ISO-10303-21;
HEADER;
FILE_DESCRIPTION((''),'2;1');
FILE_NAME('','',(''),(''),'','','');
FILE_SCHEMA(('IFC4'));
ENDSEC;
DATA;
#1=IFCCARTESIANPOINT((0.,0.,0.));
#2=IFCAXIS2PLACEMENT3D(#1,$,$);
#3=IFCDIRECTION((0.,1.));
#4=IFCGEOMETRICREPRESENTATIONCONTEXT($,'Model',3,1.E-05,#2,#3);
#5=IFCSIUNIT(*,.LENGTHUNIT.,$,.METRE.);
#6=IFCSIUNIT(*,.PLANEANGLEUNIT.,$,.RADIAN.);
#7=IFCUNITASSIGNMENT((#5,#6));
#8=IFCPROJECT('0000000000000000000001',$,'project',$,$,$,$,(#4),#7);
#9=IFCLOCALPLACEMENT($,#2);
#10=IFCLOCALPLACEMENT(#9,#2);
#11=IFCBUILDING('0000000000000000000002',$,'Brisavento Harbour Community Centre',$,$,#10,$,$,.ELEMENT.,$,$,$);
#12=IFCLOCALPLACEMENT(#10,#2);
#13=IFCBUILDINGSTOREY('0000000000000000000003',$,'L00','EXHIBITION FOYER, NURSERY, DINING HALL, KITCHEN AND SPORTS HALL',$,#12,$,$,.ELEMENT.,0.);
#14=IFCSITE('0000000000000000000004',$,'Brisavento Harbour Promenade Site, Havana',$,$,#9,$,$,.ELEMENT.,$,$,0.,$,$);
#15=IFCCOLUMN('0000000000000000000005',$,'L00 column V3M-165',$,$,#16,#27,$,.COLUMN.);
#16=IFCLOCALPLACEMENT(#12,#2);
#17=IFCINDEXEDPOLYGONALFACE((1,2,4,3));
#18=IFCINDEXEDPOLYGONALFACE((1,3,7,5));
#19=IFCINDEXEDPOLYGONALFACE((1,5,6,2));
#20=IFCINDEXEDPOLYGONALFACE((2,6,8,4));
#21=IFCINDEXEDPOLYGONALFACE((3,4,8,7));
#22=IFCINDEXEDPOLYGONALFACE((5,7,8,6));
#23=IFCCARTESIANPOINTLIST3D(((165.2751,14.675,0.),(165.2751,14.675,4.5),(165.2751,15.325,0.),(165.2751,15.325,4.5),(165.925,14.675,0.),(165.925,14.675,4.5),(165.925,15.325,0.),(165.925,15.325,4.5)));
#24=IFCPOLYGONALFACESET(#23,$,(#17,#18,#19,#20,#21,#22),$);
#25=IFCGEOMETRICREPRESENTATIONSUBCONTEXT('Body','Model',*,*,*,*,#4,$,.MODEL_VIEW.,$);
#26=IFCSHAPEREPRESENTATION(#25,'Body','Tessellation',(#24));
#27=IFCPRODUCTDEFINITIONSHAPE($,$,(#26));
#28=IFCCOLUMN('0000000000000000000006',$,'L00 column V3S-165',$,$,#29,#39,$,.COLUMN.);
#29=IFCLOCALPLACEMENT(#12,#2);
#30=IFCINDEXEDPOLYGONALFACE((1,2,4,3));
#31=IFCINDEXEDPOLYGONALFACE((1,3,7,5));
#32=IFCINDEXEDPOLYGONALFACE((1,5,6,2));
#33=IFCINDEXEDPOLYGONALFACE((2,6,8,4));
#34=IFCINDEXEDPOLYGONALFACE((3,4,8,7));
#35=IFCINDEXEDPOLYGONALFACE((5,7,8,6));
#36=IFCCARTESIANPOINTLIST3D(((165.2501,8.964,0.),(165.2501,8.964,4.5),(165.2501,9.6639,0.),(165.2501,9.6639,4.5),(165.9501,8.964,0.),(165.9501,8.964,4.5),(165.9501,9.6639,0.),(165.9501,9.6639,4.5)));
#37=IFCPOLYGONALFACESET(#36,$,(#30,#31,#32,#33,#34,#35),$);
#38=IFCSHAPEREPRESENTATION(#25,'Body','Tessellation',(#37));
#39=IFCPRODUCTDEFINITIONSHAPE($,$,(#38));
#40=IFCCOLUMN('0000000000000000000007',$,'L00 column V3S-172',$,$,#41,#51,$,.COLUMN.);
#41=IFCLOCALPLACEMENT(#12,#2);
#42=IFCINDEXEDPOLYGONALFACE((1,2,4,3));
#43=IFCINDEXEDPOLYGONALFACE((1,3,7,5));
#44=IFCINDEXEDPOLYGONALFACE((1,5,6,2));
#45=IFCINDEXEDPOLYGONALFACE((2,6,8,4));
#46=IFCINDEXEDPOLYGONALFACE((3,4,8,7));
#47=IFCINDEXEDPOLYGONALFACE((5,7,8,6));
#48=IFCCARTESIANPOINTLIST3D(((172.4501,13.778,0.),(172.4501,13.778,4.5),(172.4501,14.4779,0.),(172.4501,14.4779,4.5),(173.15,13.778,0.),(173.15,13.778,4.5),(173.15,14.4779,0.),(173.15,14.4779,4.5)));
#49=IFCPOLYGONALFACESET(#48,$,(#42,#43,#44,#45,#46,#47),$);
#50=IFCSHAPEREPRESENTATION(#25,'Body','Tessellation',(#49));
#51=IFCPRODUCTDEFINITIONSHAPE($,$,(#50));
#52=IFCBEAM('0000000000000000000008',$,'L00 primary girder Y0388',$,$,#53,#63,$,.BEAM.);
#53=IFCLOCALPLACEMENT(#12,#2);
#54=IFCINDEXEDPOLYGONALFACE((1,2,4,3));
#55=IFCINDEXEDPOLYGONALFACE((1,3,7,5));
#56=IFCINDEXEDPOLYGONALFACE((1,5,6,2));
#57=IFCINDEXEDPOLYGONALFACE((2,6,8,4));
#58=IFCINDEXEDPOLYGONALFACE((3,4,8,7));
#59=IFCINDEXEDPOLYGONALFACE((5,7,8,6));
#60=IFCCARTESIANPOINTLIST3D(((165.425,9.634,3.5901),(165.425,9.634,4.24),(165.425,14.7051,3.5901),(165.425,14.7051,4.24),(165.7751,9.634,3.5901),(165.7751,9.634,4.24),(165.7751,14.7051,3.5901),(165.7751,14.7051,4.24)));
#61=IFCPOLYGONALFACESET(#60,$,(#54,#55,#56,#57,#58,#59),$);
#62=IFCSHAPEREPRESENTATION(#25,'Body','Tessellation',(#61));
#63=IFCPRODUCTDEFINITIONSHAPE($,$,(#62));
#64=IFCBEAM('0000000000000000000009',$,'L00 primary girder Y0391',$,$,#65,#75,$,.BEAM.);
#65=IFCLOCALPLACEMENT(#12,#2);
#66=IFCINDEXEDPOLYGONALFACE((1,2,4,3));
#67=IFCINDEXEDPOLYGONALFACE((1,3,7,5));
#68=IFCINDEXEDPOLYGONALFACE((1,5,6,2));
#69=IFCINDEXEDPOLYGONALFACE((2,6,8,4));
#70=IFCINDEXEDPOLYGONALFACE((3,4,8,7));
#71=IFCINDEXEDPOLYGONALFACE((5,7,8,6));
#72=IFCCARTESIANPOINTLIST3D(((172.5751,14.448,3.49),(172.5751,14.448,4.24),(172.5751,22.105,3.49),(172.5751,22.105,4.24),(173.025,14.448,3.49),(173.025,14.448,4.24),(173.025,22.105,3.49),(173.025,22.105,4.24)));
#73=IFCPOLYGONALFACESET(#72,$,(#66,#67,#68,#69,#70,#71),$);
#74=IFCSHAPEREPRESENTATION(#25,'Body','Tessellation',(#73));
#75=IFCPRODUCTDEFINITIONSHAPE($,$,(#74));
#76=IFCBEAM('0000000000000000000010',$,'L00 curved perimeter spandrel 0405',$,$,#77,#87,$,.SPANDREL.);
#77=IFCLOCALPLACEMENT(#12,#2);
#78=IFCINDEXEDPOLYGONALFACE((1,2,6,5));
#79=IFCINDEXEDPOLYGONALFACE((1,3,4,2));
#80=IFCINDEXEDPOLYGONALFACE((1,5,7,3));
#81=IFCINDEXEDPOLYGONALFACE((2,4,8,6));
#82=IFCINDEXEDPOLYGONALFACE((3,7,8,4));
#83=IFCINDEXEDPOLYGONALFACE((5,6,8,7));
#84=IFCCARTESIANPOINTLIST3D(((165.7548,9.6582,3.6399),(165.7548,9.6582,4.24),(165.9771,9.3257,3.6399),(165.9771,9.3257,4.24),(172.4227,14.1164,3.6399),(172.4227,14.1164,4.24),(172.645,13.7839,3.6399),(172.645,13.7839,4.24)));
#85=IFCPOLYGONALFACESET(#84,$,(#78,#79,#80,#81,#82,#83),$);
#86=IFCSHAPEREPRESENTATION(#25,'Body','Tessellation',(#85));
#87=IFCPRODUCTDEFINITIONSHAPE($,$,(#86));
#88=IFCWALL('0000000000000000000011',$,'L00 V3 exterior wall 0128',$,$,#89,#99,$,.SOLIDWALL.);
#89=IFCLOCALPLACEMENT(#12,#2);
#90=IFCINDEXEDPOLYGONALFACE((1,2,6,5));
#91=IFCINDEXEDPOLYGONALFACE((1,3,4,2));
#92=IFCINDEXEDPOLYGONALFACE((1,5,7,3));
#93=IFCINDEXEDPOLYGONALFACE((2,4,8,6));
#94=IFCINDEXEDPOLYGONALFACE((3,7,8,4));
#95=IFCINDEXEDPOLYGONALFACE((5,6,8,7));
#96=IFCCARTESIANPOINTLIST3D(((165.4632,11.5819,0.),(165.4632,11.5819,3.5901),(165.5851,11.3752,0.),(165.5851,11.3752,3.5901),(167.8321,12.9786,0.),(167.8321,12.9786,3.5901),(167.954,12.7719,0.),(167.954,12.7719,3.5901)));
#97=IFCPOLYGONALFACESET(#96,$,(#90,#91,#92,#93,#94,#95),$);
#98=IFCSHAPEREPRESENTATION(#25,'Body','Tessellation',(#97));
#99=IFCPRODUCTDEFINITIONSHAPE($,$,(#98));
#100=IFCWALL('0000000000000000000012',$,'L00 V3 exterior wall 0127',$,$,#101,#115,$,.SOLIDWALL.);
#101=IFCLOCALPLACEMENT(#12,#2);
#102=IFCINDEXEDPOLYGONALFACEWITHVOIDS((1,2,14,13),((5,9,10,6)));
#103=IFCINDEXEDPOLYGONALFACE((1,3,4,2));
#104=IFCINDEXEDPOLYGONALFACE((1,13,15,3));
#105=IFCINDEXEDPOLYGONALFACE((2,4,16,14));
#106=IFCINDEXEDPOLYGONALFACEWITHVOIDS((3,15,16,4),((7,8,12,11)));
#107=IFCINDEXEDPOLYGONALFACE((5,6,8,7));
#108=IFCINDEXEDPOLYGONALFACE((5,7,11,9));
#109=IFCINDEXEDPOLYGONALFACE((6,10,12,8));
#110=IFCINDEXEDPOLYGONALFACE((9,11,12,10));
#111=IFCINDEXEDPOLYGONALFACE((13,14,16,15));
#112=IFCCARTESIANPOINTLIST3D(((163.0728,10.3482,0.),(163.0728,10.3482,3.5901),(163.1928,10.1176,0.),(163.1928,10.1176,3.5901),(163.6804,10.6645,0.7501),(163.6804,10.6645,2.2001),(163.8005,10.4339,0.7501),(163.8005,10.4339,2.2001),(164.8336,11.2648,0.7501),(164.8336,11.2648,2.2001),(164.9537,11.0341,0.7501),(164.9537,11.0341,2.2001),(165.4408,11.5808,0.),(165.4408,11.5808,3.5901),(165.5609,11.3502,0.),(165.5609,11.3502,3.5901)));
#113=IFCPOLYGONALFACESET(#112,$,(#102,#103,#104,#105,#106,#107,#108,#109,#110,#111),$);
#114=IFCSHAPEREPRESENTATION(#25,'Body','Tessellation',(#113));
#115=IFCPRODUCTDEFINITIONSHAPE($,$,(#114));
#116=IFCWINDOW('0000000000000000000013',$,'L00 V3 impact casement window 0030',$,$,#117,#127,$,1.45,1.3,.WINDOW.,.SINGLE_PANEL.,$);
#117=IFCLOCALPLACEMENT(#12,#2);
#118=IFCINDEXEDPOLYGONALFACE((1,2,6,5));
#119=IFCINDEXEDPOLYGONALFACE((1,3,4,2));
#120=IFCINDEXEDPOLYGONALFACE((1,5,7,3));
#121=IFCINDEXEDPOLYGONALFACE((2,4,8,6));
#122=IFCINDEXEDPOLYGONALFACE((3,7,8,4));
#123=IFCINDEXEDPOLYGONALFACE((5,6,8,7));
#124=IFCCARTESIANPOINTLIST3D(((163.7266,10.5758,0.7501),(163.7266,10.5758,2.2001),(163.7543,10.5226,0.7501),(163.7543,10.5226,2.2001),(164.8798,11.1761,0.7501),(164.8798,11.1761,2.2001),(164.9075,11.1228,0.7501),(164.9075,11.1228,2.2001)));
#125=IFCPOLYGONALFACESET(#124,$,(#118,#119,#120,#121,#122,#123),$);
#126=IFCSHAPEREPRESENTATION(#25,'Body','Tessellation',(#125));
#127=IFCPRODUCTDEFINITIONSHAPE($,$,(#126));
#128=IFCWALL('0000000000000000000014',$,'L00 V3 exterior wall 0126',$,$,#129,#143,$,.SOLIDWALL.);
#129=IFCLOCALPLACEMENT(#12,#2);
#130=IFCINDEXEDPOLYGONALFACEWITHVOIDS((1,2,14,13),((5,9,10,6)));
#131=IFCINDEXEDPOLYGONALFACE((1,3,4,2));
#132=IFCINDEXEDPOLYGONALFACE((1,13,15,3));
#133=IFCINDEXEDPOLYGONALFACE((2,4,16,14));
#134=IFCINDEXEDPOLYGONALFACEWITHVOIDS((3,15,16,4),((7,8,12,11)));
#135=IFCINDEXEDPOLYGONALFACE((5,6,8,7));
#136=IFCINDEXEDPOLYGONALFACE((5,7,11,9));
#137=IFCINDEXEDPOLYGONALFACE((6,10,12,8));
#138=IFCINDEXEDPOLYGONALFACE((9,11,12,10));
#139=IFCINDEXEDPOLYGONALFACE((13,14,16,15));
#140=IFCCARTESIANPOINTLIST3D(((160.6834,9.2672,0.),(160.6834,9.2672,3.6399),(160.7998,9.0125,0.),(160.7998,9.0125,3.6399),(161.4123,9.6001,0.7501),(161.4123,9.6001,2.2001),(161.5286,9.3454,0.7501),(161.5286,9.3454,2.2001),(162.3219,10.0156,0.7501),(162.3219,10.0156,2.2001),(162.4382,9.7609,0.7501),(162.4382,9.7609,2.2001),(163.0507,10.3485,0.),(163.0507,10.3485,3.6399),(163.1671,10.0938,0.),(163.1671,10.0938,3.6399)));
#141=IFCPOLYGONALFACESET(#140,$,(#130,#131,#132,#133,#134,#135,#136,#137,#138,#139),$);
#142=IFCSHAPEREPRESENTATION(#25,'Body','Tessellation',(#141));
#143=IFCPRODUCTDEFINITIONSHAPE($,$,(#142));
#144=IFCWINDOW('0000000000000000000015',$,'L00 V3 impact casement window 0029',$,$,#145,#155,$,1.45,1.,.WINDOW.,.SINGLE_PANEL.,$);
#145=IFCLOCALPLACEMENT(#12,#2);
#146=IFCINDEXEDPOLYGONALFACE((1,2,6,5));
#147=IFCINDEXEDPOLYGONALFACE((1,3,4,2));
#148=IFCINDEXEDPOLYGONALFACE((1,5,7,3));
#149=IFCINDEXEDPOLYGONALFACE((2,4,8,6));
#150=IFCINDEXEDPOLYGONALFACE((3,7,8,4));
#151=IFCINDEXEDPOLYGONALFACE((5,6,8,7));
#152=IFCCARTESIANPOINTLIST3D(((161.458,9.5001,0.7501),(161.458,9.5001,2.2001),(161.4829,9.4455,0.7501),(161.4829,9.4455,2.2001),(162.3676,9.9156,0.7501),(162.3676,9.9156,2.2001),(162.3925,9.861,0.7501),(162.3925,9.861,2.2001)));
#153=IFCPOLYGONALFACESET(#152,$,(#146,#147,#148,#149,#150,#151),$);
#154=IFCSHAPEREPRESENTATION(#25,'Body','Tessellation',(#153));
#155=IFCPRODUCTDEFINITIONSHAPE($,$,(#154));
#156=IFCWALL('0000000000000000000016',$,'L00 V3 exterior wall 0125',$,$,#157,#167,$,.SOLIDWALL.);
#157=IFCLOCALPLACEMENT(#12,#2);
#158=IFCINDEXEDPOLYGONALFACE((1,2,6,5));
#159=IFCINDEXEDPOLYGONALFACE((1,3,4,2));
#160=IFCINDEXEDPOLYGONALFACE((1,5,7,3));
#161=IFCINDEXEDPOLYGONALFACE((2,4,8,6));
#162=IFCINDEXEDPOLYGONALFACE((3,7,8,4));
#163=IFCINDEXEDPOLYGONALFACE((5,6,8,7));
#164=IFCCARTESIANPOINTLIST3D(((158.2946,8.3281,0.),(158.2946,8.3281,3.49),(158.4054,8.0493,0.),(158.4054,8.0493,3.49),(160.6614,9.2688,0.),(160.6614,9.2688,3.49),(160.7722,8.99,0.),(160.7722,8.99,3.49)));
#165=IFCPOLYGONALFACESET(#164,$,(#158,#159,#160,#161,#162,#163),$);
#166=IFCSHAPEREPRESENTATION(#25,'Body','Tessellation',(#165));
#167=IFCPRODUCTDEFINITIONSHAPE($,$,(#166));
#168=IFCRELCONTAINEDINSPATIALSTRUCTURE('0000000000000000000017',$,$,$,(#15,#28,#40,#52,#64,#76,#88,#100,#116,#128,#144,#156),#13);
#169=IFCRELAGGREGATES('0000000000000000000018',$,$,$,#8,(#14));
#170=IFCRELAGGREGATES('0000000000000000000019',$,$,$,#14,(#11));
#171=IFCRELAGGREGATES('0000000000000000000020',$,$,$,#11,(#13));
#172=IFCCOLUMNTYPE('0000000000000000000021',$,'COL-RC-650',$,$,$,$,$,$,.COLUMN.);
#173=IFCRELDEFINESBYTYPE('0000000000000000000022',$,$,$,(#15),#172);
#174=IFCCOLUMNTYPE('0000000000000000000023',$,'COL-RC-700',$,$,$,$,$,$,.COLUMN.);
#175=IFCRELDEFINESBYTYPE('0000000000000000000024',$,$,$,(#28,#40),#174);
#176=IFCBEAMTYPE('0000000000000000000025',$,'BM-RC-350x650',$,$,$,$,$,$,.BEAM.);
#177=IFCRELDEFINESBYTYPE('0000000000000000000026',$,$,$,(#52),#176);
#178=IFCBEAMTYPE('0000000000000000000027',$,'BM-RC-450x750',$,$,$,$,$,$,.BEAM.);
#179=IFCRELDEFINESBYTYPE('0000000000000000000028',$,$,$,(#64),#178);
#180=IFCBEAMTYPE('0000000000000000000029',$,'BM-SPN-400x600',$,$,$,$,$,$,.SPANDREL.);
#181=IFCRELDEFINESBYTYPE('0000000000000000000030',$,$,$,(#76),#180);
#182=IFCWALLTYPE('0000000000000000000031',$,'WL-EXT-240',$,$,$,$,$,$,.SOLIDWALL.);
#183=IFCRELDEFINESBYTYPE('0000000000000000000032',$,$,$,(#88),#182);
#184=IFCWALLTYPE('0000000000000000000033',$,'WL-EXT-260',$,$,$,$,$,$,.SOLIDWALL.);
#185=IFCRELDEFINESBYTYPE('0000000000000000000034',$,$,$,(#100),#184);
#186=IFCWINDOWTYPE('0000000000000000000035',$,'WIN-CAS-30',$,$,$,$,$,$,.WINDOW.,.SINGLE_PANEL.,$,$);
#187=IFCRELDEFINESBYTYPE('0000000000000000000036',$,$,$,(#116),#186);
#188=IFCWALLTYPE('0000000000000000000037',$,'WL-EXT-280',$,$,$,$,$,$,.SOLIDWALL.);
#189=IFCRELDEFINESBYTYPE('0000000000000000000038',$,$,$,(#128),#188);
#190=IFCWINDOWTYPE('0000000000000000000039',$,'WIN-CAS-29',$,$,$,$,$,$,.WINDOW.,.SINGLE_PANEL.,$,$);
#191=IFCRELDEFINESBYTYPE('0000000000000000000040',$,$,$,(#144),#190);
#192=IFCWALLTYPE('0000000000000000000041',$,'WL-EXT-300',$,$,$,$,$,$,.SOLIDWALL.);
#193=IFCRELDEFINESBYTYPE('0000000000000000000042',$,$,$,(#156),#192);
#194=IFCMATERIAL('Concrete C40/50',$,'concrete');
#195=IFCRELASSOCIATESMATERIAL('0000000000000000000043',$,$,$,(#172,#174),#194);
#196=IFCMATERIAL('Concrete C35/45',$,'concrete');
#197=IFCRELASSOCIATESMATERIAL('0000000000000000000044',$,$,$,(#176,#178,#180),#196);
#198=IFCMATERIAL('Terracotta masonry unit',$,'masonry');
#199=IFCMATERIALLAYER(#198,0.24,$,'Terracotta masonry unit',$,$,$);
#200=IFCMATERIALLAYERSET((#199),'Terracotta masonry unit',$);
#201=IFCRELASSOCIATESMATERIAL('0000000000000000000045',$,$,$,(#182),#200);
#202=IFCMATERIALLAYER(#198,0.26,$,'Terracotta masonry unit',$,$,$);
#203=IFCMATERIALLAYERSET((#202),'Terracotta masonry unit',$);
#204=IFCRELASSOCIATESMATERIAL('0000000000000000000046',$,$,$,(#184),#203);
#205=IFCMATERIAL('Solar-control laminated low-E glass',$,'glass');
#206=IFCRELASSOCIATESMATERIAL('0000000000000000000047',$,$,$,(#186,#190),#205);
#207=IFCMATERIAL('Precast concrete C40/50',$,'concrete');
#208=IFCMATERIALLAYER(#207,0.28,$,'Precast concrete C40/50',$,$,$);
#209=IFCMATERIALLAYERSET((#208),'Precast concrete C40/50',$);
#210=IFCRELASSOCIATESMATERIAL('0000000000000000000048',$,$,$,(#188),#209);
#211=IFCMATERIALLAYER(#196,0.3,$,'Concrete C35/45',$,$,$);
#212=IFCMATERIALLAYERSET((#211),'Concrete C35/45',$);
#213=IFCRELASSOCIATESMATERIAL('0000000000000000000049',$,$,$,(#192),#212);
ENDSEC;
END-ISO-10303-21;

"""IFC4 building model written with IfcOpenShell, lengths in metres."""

from ifc_helpers import new_model, si_unit, direction, frame, frame_2d, origin, origin_2d, place, context, subcontext, project, spatial, rectangle, extrude, material, layer, layer_set, material_profile, profile_set, type_object, element, fill, save


model = new_model("IFC4")

# Units and contexts
model_context = context("Model", 3, precision=1e-05, world=origin(), true_north=direction((0.0, 1.0)))
body_context = subcontext(model_context, "Body", "Model", "MODEL_VIEW")
ifc_project = project(units=[si_unit("LENGTHUNIT", "METRE"), si_unit("PLANEANGLEUNIT", "RADIAN")], contexts=[model_context])

# Site, building, storey
site_placement = place(None, origin())
site = spatial("IfcSite", under=ifc_project, at=site_placement, Name="Brisavento Harbour Promenade Site, Havana", CompositionType="ELEMENT", RefElevation=0.0)
building_placement = place(site_placement, origin())
building = spatial("IfcBuilding", under=site, at=building_placement, Name="Brisavento Harbour Community Centre", CompositionType="ELEMENT")
storey_placement = place(building_placement, origin())
storey = spatial("IfcBuildingStorey", under=building, at=storey_placement, Name="L00", Description="EXHIBITION FOYER, NURSERY, DINING HALL, KITCHEN AND SPORTS HALL", CompositionType="ELEMENT", Elevation=0.0)

# Columns
ifc_material_1 = material(Name="Concrete C40/50", Category="concrete")
ifc_material_profile_1 = material_profile(ifc_material_1, rectangle(XDim=0.6499, YDim=0.6499, at=origin_2d()), Name="Concrete C40/50")
ifc_profile_set_1 = profile_set([ifc_material_profile_1], Name="Concrete C40/50")
column_type_1 = type_object("IfcColumnType", Name="COL-RC-650", PredefinedType="COLUMN", material=ifc_profile_set_1)
column_placement = place(storey_placement, frame((165.6001, 15.0, 0.0), z_axis=(0.0, 0.0, 1.0), x_axis=(1.0, 0.0, 0.0)))
element("IfcColumn", 1, at=column_placement, inside=storey, type_object=column_type_1, Name="L00 column V3M-165", PredefinedType="COLUMN", context=body_context, shape_type="SweptSolid", body=[
    extrude(rectangle(XDim=0.6499, YDim=0.6499, at=origin_2d()), origin(), (0.0, 0.0, 1.0), 4.5),
])
ifc_material_profile_2 = material_profile(ifc_material_1, rectangle(XDim=0.7, YDim=0.7, at=origin_2d()), Name="Concrete C40/50")
ifc_profile_set_2 = profile_set([ifc_material_profile_2], Name="Concrete C40/50")
column_type_2 = type_object("IfcColumnType", Name="COL-RC-700", PredefinedType="COLUMN", material=ifc_profile_set_2)
for number, where, z_axis, x_axis, name in (
    (2, (165.6001, 9.314, 0.0), (0.0, 0.0, 1.0), (1.0, 0.0, 0.0), "L00 column V3S-165"),
    (3, (172.8, 14.1279, 0.0), (0.0, 0.0, 1.0), (1.0, 0.0, 0.0), "L00 column V3S-172"),
):
    element("IfcColumn", number, at=place(storey_placement, frame(where, z_axis=z_axis, x_axis=x_axis)), inside=storey, type_object=column_type_2, Name=name, PredefinedType="COLUMN", context=body_context, shape_type="SweptSolid", body=[
        extrude(rectangle(XDim=0.7, YDim=0.7, at=origin_2d()), origin(), (0.0, 0.0, 1.0), 4.5),
    ])

# Beams
ifc_material_2 = material(Name="Concrete C35/45", Category="concrete")
ifc_material_profile_3 = material_profile(ifc_material_2, rectangle(XDim=0.3501, YDim=0.6499, at=origin_2d()), Name="Concrete C35/45")
ifc_profile_set_3 = profile_set([ifc_material_profile_3], Name="Concrete C35/45")
beam_type_1 = type_object("IfcBeamType", Name="BM-RC-350x650", PredefinedType="BEAM", material=ifc_profile_set_3)
beam_1_placement = place(storey_placement, frame((165.6001, 9.634, 3.915), z_axis=(0.0, 1.0, 0.0), x_axis=(-1.0, 0.0, 0.0)))
element("IfcBeam", 4, at=beam_1_placement, inside=storey, type_object=beam_type_1, Name="L00 primary girder Y0388", PredefinedType="BEAM", context=body_context, shape_type="SweptSolid", body=[
    extrude(rectangle(XDim=0.3501, YDim=0.6499, at=origin_2d()), origin(), (0.0, 0.0, 1.0), 5.071),
])
ifc_material_profile_4 = material_profile(ifc_material_2, rectangle(XDim=0.45, YDim=0.75, at=origin_2d()), Name="Concrete C35/45")
ifc_profile_set_4 = profile_set([ifc_material_profile_4], Name="Concrete C35/45")
beam_type_2 = type_object("IfcBeamType", Name="BM-RC-450x750", PredefinedType="BEAM", material=ifc_profile_set_4)
beam_2_placement = place(storey_placement, frame((172.8, 14.448, 3.865), z_axis=(0.0, 1.0, 0.0), x_axis=(-1.0, 0.0, 0.0)))
element("IfcBeam", 5, at=beam_2_placement, inside=storey, type_object=beam_type_2, Name="L00 primary girder Y0391", PredefinedType="BEAM", context=body_context, shape_type="SweptSolid", body=[
    extrude(rectangle(XDim=0.45, YDim=0.75, at=origin_2d()), origin(), (0.0, 0.0, 1.0), 7.657),
])
ifc_material_profile_5 = material_profile(ifc_material_2, rectangle(XDim=0.3999, YDim=0.6001, at=origin_2d()), Name="Concrete C35/45")
ifc_profile_set_5 = profile_set([ifc_material_profile_5], Name="Concrete C35/45")
beam_type_3 = type_object("IfcBeamType", Name="BM-SPN-400x600", PredefinedType="SPANDREL", material=ifc_profile_set_5)
beam_3_placement = place(storey_placement, frame((165.866, 9.4919, 3.9399), z_axis=(0.831305, 0.555817, 0.0), x_axis=(-0.555817, 0.831305, 0.0)))
element("IfcBeam", 6, at=beam_3_placement, inside=storey, type_object=beam_type_3, Name="L00 curved perimeter spandrel 0405", PredefinedType="SPANDREL", context=body_context, shape_type="SweptSolid", body=[
    extrude(rectangle(XDim=0.3999, YDim=0.6001, at=origin_2d()), origin(), (0.0, 0.0, 1.0), 8.021),
])

# Wall
ifc_material_3 = material(Name="Terracotta masonry unit", Category="masonry")
ifc_layer_1 = layer(ifc_material_3, 0.24, Name="Terracotta masonry unit")
ifc_layer_set_1 = layer_set([ifc_layer_1], Name="Terracotta masonry unit")
wall_type_1 = type_object("IfcWallType", Name="WL-EXT-240", PredefinedType="SOLIDWALL", material=ifc_layer_set_1)
wall_1_placement = place(storey_placement, frame((167.8931, 12.8752, 0.0), z_axis=(0.0, 0.0, 1.0), x_axis=(-0.861416, -0.507901, 0.0)))
element("IfcWall", 7, at=wall_1_placement, inside=storey, type_object=wall_type_1, Name="L00 V3 exterior wall 0128", PredefinedType="SOLIDWALL", context=body_context, shape_type="SweptSolid", body=[
    extrude(rectangle(XDim=2.75, YDim=0.24, at=frame_2d((1.375, 0.0))), origin(), (0.0, 0.0, 1.0), 3.5901),
])

# Walls, openings, windows
ifc_layer_2 = layer(ifc_material_3, 0.26, Name="Terracotta masonry unit")
ifc_layer_set_2 = layer_set([ifc_layer_2], Name="Terracotta masonry unit")
wall_type_2 = type_object("IfcWallType", Name="WL-EXT-260", PredefinedType="SOLIDWALL", material=ifc_layer_set_2)
wall_2_placement = place(storey_placement, frame((165.501, 11.4656, 0.0), z_axis=(0.0, 0.0, 1.0), x_axis=(-0.88703, -0.461713, 0.0)))
wall_2 = element("IfcWall", 8, at=wall_2_placement, inside=storey, type_object=wall_type_2, Name="L00 V3 exterior wall 0127", PredefinedType="SOLIDWALL", context=body_context, shape_type="SweptSolid", body=[
    extrude(rectangle(XDim=2.6697, YDim=0.26, at=frame_2d((1.335, 0.0))), origin(), (0.0, 0.0, 1.0), 3.5901),
])
opening_1_placement = place(wall_2_placement, frame((0.6848, 0.0, 0.75)))
opening_1 = element("IfcOpeningElement", 9, at=opening_1_placement, cuts=wall_2, PredefinedType="OPENING", context=body_context, shape_type="SweptSolid", body=[
    extrude(rectangle(XDim=1.3, YDim=1.45, at=frame_2d((0.6499, 0.7251))), frame((0.0, 0.1401, 0.0), z_axis=(0.0, -1.0, 0.0), x_axis=(1.0, 0.0, 0.0)), (0.0, 0.0, 1.0), 0.28),
])
ifc_material_4 = material(Name="Solar-control laminated low-E glass", Category="glass")
window_type_1 = type_object("IfcWindowType", Name="WIN-CAS-30", PartitioningType="SINGLE_PANEL", PredefinedType="WINDOW", material=ifc_material_4)
window_1_placement = place(opening_1_placement, origin())
window_1 = element("IfcWindow", 10, at=window_1_placement, inside=storey, type_object=window_type_1, Name="L00 V3 impact casement window 0030", OverallHeight=1.45, OverallWidth=1.3, PartitioningType="SINGLE_PANEL", PredefinedType="WINDOW", context=body_context, shape_type="SweptSolid", body=[
    extrude(rectangle(XDim=1.3, YDim=1.45, at=frame_2d((0.6499, 0.7251))), frame((0.0, 0.03, 0.0), z_axis=(0.0, -1.0, 0.0), x_axis=(1.0, 0.0, 0.0)), (0.0, 0.0, 1.0), 0.0601),
])
fill(opening_1, window_1)
ifc_material_5 = material(Name="Precast concrete C40/50", Category="concrete")
ifc_layer_3 = layer(ifc_material_5, 0.28, Name="Precast concrete C40/50")
ifc_layer_set_3 = layer_set([ifc_layer_3], Name="Precast concrete C40/50")
wall_type_3 = type_object("IfcWallType", Name="WL-EXT-280", PredefinedType="SOLIDWALL", material=ifc_layer_set_3)
wall_3_placement = place(storey_placement, frame((163.1089, 10.2212, 0.0), z_axis=(0.0, 0.0, 1.0), x_axis=(-0.909597, -0.415491, 0.0)))
wall_3 = element("IfcWall", 11, at=wall_3_placement, inside=storey, type_object=wall_type_3, Name="L00 V3 exterior wall 0126", PredefinedType="SOLIDWALL", context=body_context, shape_type="SweptSolid", body=[
    extrude(rectangle(XDim=2.6025, YDim=0.28, at=frame_2d((1.3013, 0.0))), origin(), (0.0, 0.0, 1.0), 3.6399),
])
opening_2_placement = place(wall_3_placement, frame((0.8013, 0.0, 0.75)))
opening_2 = element("IfcOpeningElement", 12, at=opening_2_placement, cuts=wall_3, PredefinedType="OPENING", context=body_context, shape_type="SweptSolid", body=[
    extrude(rectangle(XDim=1.0, YDim=1.45, at=frame_2d((0.5, 0.7251))), frame((0.0, 0.1499, 0.0), z_axis=(0.0, -1.0, 0.0), x_axis=(1.0, 0.0, 0.0)), (0.0, 0.0, 1.0), 0.3),
])
window_type_2 = type_object("IfcWindowType", Name="WIN-CAS-29", PartitioningType="SINGLE_PANEL", PredefinedType="WINDOW", material=ifc_material_4)
window_2_placement = place(opening_2_placement, origin())
window_2 = element("IfcWindow", 13, at=window_2_placement, inside=storey, type_object=window_type_2, Name="L00 V3 impact casement window 0029", OverallHeight=1.45, OverallWidth=1.0, PartitioningType="SINGLE_PANEL", PredefinedType="WINDOW", context=body_context, shape_type="SweptSolid", body=[
    extrude(rectangle(XDim=1.0, YDim=1.45, at=frame_2d((0.5, 0.7251))), frame((0.0, 0.03, 0.0), z_axis=(0.0, -1.0, 0.0), x_axis=(1.0, 0.0, 0.0)), (0.0, 0.0, 1.0), 0.0601),
])
fill(opening_2, window_2)

# Wall
ifc_layer_4 = layer(ifc_material_2, 0.3, Name="Concrete C35/45")
ifc_layer_set_4 = layer_set([ifc_layer_4], Name="Concrete C35/45")
wall_type_4 = type_object("IfcWallType", Name="WL-EXT-300", PredefinedType="SOLIDWALL", material=ifc_layer_set_4)
wall_4_placement = place(storey_placement, frame((160.7168, 9.1294, 0.0), z_axis=(0.0, 0.0, 1.0), x_axis=(-0.929288, -0.369357, 0.0)))
element("IfcWall", 14, at=wall_4_placement, inside=storey, type_object=wall_type_4, Name="L00 V3 exterior wall 0125", PredefinedType="SOLIDWALL", context=body_context, shape_type="SweptSolid", body=[
    extrude(rectangle(XDim=2.5469, YDim=0.3, at=frame_2d((1.2734, 0.0))), origin(), (0.0, 0.0, 1.0), 3.49),
])

save(model, "model.ifc")
